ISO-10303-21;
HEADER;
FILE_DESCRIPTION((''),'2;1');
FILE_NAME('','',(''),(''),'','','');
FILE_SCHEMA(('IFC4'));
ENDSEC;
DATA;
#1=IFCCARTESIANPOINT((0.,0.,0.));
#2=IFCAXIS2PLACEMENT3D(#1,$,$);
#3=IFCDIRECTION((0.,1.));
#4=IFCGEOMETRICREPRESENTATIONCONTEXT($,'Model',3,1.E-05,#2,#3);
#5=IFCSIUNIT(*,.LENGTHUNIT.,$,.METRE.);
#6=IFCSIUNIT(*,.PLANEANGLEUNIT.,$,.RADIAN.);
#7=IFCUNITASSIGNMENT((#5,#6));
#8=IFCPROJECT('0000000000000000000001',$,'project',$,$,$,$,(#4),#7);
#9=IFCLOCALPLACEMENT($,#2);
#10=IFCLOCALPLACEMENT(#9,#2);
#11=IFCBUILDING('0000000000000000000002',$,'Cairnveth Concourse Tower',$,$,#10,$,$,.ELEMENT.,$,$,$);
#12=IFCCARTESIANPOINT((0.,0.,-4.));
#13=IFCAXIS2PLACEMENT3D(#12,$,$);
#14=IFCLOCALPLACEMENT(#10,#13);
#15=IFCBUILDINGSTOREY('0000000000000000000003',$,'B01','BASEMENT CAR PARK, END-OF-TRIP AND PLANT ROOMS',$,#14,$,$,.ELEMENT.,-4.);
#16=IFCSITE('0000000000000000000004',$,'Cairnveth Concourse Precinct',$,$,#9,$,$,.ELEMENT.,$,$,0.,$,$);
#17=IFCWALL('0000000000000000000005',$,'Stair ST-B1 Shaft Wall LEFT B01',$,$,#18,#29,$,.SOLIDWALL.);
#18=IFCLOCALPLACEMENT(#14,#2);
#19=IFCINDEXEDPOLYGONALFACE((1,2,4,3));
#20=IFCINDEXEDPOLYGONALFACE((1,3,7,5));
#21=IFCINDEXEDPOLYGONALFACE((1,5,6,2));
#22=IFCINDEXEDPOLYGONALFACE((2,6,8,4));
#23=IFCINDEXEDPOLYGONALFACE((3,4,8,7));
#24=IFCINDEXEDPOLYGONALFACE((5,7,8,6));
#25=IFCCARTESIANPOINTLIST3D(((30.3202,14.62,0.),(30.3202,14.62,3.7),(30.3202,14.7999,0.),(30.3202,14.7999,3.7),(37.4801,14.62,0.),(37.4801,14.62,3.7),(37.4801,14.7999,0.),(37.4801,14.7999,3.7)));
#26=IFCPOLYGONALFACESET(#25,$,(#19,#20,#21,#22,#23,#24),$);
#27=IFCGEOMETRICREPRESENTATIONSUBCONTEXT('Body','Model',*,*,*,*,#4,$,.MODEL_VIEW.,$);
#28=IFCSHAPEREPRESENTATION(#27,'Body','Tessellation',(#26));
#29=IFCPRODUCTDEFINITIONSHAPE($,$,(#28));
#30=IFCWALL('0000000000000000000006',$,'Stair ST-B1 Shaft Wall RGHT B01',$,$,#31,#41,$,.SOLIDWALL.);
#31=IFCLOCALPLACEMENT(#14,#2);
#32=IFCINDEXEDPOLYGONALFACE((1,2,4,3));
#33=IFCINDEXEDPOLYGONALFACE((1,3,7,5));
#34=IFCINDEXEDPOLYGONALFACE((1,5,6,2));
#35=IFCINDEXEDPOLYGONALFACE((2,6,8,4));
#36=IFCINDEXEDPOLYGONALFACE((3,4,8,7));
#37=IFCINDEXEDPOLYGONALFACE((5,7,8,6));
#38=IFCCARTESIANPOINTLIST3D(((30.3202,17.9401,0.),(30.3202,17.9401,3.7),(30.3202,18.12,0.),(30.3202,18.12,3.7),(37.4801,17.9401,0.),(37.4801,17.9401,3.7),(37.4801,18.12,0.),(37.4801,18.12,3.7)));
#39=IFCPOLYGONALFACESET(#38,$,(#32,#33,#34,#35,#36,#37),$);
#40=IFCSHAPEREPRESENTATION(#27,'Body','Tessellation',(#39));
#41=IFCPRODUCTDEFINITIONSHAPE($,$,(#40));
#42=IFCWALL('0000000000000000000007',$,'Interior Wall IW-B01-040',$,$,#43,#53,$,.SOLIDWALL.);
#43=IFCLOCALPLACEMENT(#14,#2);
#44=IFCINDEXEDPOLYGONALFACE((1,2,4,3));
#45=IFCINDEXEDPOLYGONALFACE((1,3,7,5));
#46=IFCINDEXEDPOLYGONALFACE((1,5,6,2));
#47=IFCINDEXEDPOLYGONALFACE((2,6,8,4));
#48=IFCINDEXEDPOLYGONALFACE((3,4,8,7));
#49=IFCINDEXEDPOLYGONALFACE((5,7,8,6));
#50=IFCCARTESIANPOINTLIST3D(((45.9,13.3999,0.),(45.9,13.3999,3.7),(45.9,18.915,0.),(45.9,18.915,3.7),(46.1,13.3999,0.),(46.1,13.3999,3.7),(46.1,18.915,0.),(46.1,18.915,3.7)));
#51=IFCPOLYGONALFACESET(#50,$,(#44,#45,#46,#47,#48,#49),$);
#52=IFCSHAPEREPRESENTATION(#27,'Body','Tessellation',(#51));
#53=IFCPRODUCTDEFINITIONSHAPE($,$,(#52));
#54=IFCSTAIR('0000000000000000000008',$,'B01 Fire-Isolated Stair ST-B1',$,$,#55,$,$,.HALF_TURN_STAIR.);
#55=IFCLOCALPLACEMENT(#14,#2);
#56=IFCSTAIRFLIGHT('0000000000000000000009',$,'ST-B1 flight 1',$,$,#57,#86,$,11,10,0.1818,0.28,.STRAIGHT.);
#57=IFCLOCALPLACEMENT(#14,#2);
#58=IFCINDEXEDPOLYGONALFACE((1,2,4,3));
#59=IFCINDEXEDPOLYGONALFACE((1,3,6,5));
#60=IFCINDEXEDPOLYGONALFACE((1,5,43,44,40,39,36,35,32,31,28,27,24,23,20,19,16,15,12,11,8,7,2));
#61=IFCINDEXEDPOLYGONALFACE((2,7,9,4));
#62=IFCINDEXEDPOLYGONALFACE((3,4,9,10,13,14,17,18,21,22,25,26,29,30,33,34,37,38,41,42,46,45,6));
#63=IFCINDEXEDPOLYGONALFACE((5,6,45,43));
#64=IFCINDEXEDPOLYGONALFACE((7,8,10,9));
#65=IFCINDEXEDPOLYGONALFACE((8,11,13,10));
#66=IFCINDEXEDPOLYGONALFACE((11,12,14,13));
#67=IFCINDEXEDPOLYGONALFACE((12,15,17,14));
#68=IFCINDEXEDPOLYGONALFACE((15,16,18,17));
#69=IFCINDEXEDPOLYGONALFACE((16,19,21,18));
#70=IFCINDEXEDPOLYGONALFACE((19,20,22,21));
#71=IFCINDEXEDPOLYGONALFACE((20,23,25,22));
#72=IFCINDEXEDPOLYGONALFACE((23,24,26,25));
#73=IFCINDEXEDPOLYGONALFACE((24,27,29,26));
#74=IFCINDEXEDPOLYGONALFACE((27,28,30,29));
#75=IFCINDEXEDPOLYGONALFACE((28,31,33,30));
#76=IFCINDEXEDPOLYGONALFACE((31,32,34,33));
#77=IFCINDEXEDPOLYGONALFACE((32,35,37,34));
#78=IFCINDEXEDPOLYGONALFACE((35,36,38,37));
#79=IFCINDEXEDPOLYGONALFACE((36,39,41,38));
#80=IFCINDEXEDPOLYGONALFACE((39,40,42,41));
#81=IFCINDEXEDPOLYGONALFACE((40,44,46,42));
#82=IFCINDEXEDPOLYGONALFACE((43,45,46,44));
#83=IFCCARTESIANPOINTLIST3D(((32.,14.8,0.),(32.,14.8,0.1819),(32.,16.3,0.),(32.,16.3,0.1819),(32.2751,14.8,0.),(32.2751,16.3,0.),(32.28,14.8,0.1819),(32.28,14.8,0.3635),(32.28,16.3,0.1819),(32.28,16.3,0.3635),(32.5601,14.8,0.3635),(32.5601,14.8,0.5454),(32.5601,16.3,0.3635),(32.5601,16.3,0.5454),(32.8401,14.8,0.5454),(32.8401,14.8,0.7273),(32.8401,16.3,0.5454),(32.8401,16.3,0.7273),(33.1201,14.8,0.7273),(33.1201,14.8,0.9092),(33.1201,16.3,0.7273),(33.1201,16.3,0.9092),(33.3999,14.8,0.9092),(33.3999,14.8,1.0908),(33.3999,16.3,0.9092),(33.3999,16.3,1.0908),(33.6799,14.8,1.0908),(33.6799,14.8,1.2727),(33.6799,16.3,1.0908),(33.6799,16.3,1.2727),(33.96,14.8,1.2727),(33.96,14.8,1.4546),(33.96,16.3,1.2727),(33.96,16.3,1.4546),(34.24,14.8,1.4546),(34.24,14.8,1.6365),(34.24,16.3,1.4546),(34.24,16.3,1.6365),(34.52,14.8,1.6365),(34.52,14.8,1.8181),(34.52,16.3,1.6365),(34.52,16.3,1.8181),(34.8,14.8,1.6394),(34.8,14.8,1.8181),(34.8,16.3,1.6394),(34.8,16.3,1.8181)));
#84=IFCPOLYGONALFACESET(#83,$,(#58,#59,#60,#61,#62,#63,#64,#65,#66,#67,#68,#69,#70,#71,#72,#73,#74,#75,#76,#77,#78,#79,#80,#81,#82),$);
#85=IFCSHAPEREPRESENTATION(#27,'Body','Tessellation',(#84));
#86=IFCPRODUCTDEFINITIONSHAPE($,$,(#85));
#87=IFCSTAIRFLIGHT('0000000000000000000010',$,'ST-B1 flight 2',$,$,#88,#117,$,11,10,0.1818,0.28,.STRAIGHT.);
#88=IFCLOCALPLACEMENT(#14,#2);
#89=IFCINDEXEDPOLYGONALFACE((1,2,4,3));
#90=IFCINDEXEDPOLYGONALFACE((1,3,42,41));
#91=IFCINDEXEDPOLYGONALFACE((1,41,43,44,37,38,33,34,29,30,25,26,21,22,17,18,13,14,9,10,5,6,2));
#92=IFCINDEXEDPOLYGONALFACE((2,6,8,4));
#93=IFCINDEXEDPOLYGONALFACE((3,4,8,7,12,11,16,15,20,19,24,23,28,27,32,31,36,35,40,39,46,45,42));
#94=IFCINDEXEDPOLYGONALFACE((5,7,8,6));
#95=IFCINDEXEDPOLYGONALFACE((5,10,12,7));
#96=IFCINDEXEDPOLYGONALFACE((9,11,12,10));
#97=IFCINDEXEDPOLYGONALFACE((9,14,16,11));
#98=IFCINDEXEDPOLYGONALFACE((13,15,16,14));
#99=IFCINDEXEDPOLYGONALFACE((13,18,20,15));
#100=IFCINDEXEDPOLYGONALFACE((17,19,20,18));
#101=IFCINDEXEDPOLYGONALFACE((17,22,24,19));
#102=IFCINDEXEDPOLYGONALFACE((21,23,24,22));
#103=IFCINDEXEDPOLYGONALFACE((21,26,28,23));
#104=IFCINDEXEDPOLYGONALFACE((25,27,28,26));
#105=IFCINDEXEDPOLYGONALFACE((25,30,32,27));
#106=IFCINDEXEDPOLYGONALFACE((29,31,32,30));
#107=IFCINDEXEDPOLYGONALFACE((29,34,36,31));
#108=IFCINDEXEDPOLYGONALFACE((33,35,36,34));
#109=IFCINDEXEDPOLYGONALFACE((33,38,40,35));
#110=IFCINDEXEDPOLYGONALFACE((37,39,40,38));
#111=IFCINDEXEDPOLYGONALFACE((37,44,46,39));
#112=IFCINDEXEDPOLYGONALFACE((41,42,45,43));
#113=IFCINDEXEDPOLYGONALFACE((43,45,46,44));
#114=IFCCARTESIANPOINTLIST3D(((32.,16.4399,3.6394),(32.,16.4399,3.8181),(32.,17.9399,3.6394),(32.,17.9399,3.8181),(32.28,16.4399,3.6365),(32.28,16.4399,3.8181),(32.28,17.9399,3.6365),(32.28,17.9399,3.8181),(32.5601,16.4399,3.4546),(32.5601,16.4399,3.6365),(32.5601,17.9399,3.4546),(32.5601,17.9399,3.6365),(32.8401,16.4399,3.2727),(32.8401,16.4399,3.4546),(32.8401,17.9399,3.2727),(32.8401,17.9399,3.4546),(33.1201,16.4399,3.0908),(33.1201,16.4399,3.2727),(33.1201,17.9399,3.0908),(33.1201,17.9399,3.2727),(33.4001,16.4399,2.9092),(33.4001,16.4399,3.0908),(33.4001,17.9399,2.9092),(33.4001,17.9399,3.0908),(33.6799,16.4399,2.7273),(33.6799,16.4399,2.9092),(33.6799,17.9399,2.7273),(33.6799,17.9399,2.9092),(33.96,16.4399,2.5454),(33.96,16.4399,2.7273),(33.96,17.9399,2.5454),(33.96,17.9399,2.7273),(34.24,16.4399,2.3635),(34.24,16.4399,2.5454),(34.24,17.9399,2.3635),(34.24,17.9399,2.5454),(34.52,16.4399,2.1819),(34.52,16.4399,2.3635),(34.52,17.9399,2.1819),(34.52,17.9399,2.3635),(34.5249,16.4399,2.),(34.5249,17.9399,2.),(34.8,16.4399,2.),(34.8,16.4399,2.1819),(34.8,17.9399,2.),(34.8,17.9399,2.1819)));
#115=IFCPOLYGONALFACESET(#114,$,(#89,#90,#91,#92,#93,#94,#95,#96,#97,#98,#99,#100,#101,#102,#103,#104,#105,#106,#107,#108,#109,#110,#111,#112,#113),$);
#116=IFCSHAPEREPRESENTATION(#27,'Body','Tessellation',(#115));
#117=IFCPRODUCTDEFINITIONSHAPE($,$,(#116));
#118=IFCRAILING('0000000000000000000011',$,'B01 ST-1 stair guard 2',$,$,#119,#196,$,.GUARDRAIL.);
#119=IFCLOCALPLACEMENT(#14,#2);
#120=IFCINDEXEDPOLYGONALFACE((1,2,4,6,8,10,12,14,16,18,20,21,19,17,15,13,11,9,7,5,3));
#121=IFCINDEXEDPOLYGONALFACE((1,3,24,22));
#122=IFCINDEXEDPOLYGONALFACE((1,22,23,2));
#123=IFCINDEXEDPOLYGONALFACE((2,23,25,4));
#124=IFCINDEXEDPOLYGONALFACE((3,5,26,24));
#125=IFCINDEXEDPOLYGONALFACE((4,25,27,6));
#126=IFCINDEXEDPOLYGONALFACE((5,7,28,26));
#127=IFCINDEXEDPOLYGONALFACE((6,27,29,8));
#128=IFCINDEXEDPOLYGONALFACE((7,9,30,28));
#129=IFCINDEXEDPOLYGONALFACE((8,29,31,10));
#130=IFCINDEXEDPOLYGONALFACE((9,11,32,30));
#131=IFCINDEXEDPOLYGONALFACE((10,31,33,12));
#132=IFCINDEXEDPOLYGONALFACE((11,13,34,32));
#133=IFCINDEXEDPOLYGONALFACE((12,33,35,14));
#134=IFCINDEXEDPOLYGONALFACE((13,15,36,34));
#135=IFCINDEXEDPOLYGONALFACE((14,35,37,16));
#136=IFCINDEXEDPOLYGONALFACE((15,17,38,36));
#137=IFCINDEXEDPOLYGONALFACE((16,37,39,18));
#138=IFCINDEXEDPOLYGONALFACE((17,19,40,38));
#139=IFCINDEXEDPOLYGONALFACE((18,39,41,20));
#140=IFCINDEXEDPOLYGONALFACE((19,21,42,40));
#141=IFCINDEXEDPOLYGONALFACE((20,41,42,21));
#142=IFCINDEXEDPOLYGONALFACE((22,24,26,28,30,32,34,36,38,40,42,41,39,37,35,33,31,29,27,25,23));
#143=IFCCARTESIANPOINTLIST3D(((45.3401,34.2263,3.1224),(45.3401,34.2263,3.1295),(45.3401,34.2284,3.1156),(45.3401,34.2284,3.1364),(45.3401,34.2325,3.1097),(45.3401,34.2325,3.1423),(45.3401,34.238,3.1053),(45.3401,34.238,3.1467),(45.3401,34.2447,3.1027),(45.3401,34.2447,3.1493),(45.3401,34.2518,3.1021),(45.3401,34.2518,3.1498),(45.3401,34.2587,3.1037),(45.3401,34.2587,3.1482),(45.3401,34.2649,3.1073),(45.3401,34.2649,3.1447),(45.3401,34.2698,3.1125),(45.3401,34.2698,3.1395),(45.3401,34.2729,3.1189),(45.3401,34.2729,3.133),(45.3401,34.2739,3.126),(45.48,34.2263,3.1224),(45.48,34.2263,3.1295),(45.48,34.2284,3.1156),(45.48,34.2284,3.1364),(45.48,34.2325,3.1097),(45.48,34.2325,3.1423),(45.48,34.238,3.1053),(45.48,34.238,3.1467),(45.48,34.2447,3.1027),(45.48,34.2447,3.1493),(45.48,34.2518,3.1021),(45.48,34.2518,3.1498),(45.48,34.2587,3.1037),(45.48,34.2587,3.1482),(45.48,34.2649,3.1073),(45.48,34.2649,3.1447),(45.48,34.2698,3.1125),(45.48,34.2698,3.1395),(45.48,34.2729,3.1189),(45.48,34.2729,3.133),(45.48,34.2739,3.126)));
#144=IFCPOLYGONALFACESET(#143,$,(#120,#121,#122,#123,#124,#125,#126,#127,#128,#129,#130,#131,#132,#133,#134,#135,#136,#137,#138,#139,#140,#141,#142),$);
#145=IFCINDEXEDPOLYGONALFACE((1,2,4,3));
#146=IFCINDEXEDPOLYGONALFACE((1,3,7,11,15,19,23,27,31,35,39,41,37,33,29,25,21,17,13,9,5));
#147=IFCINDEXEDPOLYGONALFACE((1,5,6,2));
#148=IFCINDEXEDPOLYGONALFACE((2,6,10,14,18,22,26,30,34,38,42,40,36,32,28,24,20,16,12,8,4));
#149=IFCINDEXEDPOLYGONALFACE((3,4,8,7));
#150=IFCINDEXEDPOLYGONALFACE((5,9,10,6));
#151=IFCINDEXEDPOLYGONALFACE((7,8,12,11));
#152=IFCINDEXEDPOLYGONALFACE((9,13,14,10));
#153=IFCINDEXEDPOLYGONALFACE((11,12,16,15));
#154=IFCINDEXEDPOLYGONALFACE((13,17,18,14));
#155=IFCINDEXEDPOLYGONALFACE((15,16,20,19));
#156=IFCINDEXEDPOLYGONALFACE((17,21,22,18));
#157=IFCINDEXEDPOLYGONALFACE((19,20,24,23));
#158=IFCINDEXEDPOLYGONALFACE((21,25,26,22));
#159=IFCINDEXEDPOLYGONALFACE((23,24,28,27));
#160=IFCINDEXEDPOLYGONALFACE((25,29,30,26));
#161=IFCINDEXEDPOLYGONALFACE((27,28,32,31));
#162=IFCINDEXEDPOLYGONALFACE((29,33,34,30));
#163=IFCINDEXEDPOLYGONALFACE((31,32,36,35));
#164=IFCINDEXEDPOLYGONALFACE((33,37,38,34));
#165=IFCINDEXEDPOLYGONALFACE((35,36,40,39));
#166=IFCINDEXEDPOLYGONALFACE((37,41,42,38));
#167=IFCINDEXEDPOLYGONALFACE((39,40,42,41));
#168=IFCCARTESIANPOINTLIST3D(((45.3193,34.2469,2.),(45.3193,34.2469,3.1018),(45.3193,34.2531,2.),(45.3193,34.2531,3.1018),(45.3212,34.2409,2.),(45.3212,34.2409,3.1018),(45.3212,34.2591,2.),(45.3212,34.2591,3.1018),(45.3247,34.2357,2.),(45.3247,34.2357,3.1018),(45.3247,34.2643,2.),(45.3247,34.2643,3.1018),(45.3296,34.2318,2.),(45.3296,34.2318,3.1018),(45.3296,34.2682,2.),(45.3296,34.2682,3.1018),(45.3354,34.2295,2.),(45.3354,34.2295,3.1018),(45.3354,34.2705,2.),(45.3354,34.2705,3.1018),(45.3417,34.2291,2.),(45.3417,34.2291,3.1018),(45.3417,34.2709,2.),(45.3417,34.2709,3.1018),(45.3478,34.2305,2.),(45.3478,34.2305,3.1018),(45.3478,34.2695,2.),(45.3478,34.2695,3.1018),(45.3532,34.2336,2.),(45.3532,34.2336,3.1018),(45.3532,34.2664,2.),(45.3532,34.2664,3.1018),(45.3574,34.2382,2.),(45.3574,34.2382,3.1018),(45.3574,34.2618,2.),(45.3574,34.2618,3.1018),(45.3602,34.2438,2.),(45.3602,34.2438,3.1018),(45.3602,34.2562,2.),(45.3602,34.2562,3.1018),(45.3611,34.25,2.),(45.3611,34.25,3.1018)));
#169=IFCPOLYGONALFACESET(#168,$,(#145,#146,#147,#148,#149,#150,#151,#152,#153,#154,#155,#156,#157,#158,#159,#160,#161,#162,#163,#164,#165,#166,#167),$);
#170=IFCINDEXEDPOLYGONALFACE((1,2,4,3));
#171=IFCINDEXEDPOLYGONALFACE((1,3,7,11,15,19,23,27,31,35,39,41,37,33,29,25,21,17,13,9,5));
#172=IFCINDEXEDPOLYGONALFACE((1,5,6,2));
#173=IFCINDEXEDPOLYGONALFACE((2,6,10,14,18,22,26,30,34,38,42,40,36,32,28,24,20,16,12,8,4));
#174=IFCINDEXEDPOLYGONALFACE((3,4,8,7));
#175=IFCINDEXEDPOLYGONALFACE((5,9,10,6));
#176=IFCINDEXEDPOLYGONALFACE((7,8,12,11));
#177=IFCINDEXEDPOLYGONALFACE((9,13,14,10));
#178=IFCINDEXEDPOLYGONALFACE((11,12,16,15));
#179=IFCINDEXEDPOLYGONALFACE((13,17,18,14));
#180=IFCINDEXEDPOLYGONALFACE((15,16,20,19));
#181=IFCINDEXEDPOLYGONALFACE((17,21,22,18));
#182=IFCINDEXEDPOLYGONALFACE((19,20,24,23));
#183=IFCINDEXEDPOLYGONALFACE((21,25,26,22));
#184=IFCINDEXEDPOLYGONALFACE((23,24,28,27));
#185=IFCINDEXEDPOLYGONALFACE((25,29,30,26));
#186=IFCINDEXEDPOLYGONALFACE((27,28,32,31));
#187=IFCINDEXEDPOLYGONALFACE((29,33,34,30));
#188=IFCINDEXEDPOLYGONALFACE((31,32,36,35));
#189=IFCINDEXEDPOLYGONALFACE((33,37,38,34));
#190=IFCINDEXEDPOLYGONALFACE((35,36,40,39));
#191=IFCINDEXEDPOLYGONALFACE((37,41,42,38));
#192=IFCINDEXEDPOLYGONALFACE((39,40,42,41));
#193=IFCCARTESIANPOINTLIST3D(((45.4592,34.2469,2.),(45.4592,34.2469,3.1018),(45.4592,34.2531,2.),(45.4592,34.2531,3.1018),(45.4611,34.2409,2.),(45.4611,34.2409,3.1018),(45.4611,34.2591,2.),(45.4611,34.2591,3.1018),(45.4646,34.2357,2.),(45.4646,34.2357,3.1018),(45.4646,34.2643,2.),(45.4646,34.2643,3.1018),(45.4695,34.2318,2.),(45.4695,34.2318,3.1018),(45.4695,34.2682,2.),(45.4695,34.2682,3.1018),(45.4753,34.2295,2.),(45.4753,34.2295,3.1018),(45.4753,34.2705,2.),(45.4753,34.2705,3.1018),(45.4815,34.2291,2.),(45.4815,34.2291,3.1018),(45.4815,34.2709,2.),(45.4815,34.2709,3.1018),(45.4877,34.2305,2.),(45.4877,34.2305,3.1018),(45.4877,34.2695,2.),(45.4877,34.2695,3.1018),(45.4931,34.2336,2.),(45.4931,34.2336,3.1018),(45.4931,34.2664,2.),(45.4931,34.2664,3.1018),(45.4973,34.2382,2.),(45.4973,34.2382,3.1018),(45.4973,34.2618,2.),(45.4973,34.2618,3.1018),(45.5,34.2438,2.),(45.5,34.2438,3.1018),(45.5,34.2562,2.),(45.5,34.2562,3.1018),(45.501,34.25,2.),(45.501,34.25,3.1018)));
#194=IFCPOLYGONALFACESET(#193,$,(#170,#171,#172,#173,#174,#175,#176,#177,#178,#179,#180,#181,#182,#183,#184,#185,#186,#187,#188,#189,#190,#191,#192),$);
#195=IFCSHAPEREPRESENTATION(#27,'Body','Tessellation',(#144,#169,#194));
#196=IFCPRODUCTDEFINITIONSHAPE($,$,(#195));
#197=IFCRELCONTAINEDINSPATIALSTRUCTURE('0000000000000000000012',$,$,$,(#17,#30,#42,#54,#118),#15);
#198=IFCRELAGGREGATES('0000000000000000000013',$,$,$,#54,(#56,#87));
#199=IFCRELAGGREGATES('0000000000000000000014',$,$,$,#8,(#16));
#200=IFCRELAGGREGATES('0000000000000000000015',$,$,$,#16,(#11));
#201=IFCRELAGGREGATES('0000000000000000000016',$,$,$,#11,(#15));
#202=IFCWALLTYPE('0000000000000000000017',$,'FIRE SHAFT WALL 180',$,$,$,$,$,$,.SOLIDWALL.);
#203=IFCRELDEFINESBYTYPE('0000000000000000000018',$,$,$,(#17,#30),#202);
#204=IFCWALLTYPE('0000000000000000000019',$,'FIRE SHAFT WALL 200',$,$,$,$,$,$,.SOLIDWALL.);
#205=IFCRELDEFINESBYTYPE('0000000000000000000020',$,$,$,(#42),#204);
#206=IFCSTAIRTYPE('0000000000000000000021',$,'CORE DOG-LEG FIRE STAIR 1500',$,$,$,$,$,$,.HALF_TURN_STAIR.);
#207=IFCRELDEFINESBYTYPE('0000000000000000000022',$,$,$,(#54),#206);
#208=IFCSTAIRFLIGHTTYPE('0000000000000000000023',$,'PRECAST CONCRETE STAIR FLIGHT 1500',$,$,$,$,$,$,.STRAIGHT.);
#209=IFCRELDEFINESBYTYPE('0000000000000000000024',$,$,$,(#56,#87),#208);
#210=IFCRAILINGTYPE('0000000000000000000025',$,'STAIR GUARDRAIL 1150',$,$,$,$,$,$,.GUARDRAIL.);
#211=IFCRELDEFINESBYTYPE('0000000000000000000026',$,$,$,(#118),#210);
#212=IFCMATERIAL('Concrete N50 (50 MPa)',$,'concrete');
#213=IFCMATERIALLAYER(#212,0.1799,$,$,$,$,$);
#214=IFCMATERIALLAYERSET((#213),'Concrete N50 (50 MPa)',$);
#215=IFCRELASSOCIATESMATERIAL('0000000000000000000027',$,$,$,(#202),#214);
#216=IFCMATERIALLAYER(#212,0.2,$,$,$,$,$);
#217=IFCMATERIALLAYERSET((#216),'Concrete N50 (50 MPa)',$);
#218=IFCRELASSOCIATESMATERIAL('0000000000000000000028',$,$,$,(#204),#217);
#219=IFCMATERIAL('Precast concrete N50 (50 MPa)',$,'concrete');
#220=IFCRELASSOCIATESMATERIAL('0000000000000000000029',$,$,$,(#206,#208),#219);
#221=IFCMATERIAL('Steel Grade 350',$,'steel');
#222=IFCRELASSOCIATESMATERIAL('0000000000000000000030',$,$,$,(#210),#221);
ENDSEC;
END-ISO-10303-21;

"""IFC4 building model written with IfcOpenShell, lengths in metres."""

from ifc_helpers import new_model, si_unit, direction, frame, frame_2d, origin, origin_2d, place, context, subcontext, project, spatial, polyline, rectangle, circle, outline, extrude, material, layer, layer_set, type_object, element, aggregate, save


model = new_model("IFC4")

# Units and contexts
model_context = context("Model", 3, precision=1e-05, world=origin(), true_north=direction((0.0, 1.0)))
body_context = subcontext(model_context, "Body", "Model", "MODEL_VIEW")
ifc_project = project(units=[si_unit("LENGTHUNIT", "METRE"), si_unit("PLANEANGLEUNIT", "RADIAN")], contexts=[model_context])

# Site, building, storey
site_placement = place(None, origin())
site = spatial("IfcSite", under=ifc_project, at=site_placement, Name="Cairnveth Concourse Precinct", CompositionType="ELEMENT", RefElevation=0.0)
building_placement = place(site_placement, origin())
building = spatial("IfcBuilding", under=site, at=building_placement, Name="Cairnveth Concourse Tower", CompositionType="ELEMENT")
storey_placement = place(building_placement, frame((0.0, 0.0, -4.0)))
storey = spatial("IfcBuildingStorey", under=building, at=storey_placement, Name="B01", Description="BASEMENT CAR PARK, END-OF-TRIP AND PLANT ROOMS", CompositionType="ELEMENT", Elevation=-4.0)

# Shared definitions
ifc_material_1 = material(Name="Steel Grade 350", Category="steel")

# Shared definitions
ifc_material_2 = material(Name="Concrete N50 (50 MPa)", Category="concrete")
ifc_layer_1 = layer(ifc_material_2, 0.1799)
ifc_layer_set_1 = layer_set([ifc_layer_1], Name="Concrete N50 (50 MPa)")
wall_type_1 = type_object("IfcWallType", Name="FIRE SHAFT WALL 180", PredefinedType="SOLIDWALL", material=ifc_layer_set_1)

# Walls
for number, where, z_axis, x_axis, name in (
    (1, (30.3201, 14.71, 0.0), (0.0, 0.0, 1.0), (1.0, 0.0, 0.0), "Stair ST-B1 Shaft Wall LEFT B01"),
    (2, (30.3201, 18.03, 0.0), (0.0, 0.0, 1.0), (1.0, 0.0, 0.0), "Stair ST-B1 Shaft Wall RGHT B01"),
):
    element("IfcWall", number, at=place(storey_placement, frame(where, z_axis=z_axis, x_axis=x_axis)), inside=storey, type_object=wall_type_1, Name=name, PredefinedType="SOLIDWALL", context=body_context, shape_type="SweptSolid", body=[
        extrude(rectangle(XDim=7.1599, YDim=0.1799, at=frame_2d((3.5801, 0.0))), origin(), (0.0, 0.0, 1.0), 3.7),
    ])
ifc_layer_2 = layer(ifc_material_2, 0.2)
ifc_layer_set_2 = layer_set([ifc_layer_2], Name="Concrete N50 (50 MPa)")
wall_type_2 = type_object("IfcWallType", Name="FIRE SHAFT WALL 200", PredefinedType="SOLIDWALL", material=ifc_layer_set_2)
wall_1_placement = place(storey_placement, frame((46.0, 13.3999, 0.0), z_axis=(0.0, 0.0, 1.0), x_axis=(0.0, 1.0, 0.0)))
element("IfcWall", 3, at=wall_1_placement, inside=storey, type_object=wall_type_2, Name="Interior Wall IW-B01-040", PredefinedType="SOLIDWALL", context=body_context, shape_type="SweptSolid", body=[
    extrude(rectangle(XDim=5.5151, YDim=0.2, at=frame_2d((2.7576, 0.0))), origin(), (0.0, 0.0, 1.0), 3.7),
])

# Stair, stair flights
ifc_material_3 = material(Name="Precast concrete N50 (50 MPa)", Category="concrete")
stair_type = type_object("IfcStairType", Name="CORE DOG-LEG FIRE STAIR 1500", PredefinedType="HALF_TURN_STAIR", material=ifc_material_3)
stair_placement = place(storey_placement, origin())
stair = element("IfcStair", 4, at=stair_placement, inside=storey, type_object=stair_type, Name="B01 Fire-Isolated Stair ST-B1", PredefinedType="HALF_TURN_STAIR")
stair_flight_type = type_object("IfcStairFlightType", Name="PRECAST CONCRETE STAIR FLIGHT 1500", PredefinedType="STRAIGHT", material=ifc_material_3)
stair_flight_1_placement = place(storey_placement, frame((32.0, 15.55, 0.0), z_axis=(0.0, 0.0, 1.0), x_axis=(1.0, 0.0, 0.0)))
stair_flight_1 = element("IfcStairFlight", 5, at=stair_flight_1_placement, type_object=stair_flight_type, Name="ST-B1 flight 1", NumberOfRisers=11, NumberOfTreads=10, PredefinedType="STRAIGHT", RiserHeight=0.1818, TreadLength=0.28, context=body_context, shape_type="SweptSolid", body=[
    extrude(outline(polyline([(0.0, 0.0), (0.0, 0.1819), (0.28, 0.1819), (0.28, 0.3635), (0.5601, 0.3635), (0.5601, 0.5454), (0.8401, 0.5454), (0.8401, 0.7273), (1.1201, 0.7273), (1.1201, 0.9092), (1.3999, 0.9092), (1.3999, 1.0908), (1.6799, 1.0908), (1.6799, 1.2727), (1.96, 1.2727), (1.96, 1.4546), (2.24, 1.4546), (2.24, 1.6365), (2.52, 1.6365), (2.52, 1.8181), (2.8, 1.8181), (2.8, 2.0), (2.8, 1.6394), (0.2751, 0.0), (0.0, 0.0)])), frame((0.0, 0.75, 0.0), z_axis=(0.0, -1.0, 0.0), x_axis=(1.0, 0.0, 0.0)), (0.0, 0.0, 1.0), 1.5),
])
stair_flight_2_placement = place(storey_placement, frame((34.8, 17.1899, 2.0), z_axis=(0.0, 0.0, 1.0), x_axis=(-1.0, 0.0, 0.0)))
stair_flight_2 = element("IfcStairFlight", 6, at=stair_flight_2_placement, type_object=stair_flight_type, Name="ST-B1 flight 2", NumberOfRisers=11, NumberOfTreads=10, PredefinedType="STRAIGHT", RiserHeight=0.1818, TreadLength=0.28, context=body_context, shape_type="SweptSolid", body=[
    extrude(outline(polyline([(0.0, 0.0), (0.0, 0.1819), (0.28, 0.1819), (0.28, 0.3635), (0.5601, 0.3635), (0.5601, 0.5454), (0.8401, 0.5454), (0.8401, 0.7273), (1.1201, 0.7273), (1.1201, 0.9092), (1.3999, 0.9092), (1.3999, 1.0908), (1.6799, 1.0908), (1.6799, 1.2727), (1.96, 1.2727), (1.96, 1.4546), (2.24, 1.4546), (2.24, 1.6365), (2.52, 1.6365), (2.52, 1.8181), (2.8, 1.8181), (2.8, 2.0), (2.8, 1.6394), (0.2751, 0.0), (0.0, 0.0)])), frame((0.0, 0.75, 0.0), z_axis=(0.0, -1.0, 0.0), x_axis=(1.0, 0.0, 0.0)), (0.0, 0.0, 1.0), 1.5),
])
aggregate(stair, [stair_flight_1, stair_flight_2])

# Railing
railing_type_1 = type_object("IfcRailingType", Name="STAIR GUARDRAIL 1150", PredefinedType="GUARDRAIL", material=ifc_material_1)
railing_1_placement = place(storey_placement, frame((45.3401, 34.25, 2.0)))
element("IfcRailing", 7, at=railing_1_placement, inside=storey, type_object=railing_type_1, Name="B01 ST-1 stair guard 2", PredefinedType="GUARDRAIL", context=body_context, shape_type="SweptSolid", body=[
    extrude(circle(Radius=0.0239, at=origin_2d()), frame((0.0, 0.0, 1.126), z_axis=(1.0, 0.0, 0.0), x_axis=(0.0, 1.0, 0.0)), (0.0, 0.0, 1.0), 0.1399),
    extrude(circle(Radius=0.021, at=origin_2d()), origin(), (0.0, 0.0, 1.0), 1.1018),
    extrude(circle(Radius=0.021, at=origin_2d()), frame((0.1399, 0.0, 0.0)), (0.0, 0.0, 1.0), 1.1018),
])

save(model, "model.ifc")
